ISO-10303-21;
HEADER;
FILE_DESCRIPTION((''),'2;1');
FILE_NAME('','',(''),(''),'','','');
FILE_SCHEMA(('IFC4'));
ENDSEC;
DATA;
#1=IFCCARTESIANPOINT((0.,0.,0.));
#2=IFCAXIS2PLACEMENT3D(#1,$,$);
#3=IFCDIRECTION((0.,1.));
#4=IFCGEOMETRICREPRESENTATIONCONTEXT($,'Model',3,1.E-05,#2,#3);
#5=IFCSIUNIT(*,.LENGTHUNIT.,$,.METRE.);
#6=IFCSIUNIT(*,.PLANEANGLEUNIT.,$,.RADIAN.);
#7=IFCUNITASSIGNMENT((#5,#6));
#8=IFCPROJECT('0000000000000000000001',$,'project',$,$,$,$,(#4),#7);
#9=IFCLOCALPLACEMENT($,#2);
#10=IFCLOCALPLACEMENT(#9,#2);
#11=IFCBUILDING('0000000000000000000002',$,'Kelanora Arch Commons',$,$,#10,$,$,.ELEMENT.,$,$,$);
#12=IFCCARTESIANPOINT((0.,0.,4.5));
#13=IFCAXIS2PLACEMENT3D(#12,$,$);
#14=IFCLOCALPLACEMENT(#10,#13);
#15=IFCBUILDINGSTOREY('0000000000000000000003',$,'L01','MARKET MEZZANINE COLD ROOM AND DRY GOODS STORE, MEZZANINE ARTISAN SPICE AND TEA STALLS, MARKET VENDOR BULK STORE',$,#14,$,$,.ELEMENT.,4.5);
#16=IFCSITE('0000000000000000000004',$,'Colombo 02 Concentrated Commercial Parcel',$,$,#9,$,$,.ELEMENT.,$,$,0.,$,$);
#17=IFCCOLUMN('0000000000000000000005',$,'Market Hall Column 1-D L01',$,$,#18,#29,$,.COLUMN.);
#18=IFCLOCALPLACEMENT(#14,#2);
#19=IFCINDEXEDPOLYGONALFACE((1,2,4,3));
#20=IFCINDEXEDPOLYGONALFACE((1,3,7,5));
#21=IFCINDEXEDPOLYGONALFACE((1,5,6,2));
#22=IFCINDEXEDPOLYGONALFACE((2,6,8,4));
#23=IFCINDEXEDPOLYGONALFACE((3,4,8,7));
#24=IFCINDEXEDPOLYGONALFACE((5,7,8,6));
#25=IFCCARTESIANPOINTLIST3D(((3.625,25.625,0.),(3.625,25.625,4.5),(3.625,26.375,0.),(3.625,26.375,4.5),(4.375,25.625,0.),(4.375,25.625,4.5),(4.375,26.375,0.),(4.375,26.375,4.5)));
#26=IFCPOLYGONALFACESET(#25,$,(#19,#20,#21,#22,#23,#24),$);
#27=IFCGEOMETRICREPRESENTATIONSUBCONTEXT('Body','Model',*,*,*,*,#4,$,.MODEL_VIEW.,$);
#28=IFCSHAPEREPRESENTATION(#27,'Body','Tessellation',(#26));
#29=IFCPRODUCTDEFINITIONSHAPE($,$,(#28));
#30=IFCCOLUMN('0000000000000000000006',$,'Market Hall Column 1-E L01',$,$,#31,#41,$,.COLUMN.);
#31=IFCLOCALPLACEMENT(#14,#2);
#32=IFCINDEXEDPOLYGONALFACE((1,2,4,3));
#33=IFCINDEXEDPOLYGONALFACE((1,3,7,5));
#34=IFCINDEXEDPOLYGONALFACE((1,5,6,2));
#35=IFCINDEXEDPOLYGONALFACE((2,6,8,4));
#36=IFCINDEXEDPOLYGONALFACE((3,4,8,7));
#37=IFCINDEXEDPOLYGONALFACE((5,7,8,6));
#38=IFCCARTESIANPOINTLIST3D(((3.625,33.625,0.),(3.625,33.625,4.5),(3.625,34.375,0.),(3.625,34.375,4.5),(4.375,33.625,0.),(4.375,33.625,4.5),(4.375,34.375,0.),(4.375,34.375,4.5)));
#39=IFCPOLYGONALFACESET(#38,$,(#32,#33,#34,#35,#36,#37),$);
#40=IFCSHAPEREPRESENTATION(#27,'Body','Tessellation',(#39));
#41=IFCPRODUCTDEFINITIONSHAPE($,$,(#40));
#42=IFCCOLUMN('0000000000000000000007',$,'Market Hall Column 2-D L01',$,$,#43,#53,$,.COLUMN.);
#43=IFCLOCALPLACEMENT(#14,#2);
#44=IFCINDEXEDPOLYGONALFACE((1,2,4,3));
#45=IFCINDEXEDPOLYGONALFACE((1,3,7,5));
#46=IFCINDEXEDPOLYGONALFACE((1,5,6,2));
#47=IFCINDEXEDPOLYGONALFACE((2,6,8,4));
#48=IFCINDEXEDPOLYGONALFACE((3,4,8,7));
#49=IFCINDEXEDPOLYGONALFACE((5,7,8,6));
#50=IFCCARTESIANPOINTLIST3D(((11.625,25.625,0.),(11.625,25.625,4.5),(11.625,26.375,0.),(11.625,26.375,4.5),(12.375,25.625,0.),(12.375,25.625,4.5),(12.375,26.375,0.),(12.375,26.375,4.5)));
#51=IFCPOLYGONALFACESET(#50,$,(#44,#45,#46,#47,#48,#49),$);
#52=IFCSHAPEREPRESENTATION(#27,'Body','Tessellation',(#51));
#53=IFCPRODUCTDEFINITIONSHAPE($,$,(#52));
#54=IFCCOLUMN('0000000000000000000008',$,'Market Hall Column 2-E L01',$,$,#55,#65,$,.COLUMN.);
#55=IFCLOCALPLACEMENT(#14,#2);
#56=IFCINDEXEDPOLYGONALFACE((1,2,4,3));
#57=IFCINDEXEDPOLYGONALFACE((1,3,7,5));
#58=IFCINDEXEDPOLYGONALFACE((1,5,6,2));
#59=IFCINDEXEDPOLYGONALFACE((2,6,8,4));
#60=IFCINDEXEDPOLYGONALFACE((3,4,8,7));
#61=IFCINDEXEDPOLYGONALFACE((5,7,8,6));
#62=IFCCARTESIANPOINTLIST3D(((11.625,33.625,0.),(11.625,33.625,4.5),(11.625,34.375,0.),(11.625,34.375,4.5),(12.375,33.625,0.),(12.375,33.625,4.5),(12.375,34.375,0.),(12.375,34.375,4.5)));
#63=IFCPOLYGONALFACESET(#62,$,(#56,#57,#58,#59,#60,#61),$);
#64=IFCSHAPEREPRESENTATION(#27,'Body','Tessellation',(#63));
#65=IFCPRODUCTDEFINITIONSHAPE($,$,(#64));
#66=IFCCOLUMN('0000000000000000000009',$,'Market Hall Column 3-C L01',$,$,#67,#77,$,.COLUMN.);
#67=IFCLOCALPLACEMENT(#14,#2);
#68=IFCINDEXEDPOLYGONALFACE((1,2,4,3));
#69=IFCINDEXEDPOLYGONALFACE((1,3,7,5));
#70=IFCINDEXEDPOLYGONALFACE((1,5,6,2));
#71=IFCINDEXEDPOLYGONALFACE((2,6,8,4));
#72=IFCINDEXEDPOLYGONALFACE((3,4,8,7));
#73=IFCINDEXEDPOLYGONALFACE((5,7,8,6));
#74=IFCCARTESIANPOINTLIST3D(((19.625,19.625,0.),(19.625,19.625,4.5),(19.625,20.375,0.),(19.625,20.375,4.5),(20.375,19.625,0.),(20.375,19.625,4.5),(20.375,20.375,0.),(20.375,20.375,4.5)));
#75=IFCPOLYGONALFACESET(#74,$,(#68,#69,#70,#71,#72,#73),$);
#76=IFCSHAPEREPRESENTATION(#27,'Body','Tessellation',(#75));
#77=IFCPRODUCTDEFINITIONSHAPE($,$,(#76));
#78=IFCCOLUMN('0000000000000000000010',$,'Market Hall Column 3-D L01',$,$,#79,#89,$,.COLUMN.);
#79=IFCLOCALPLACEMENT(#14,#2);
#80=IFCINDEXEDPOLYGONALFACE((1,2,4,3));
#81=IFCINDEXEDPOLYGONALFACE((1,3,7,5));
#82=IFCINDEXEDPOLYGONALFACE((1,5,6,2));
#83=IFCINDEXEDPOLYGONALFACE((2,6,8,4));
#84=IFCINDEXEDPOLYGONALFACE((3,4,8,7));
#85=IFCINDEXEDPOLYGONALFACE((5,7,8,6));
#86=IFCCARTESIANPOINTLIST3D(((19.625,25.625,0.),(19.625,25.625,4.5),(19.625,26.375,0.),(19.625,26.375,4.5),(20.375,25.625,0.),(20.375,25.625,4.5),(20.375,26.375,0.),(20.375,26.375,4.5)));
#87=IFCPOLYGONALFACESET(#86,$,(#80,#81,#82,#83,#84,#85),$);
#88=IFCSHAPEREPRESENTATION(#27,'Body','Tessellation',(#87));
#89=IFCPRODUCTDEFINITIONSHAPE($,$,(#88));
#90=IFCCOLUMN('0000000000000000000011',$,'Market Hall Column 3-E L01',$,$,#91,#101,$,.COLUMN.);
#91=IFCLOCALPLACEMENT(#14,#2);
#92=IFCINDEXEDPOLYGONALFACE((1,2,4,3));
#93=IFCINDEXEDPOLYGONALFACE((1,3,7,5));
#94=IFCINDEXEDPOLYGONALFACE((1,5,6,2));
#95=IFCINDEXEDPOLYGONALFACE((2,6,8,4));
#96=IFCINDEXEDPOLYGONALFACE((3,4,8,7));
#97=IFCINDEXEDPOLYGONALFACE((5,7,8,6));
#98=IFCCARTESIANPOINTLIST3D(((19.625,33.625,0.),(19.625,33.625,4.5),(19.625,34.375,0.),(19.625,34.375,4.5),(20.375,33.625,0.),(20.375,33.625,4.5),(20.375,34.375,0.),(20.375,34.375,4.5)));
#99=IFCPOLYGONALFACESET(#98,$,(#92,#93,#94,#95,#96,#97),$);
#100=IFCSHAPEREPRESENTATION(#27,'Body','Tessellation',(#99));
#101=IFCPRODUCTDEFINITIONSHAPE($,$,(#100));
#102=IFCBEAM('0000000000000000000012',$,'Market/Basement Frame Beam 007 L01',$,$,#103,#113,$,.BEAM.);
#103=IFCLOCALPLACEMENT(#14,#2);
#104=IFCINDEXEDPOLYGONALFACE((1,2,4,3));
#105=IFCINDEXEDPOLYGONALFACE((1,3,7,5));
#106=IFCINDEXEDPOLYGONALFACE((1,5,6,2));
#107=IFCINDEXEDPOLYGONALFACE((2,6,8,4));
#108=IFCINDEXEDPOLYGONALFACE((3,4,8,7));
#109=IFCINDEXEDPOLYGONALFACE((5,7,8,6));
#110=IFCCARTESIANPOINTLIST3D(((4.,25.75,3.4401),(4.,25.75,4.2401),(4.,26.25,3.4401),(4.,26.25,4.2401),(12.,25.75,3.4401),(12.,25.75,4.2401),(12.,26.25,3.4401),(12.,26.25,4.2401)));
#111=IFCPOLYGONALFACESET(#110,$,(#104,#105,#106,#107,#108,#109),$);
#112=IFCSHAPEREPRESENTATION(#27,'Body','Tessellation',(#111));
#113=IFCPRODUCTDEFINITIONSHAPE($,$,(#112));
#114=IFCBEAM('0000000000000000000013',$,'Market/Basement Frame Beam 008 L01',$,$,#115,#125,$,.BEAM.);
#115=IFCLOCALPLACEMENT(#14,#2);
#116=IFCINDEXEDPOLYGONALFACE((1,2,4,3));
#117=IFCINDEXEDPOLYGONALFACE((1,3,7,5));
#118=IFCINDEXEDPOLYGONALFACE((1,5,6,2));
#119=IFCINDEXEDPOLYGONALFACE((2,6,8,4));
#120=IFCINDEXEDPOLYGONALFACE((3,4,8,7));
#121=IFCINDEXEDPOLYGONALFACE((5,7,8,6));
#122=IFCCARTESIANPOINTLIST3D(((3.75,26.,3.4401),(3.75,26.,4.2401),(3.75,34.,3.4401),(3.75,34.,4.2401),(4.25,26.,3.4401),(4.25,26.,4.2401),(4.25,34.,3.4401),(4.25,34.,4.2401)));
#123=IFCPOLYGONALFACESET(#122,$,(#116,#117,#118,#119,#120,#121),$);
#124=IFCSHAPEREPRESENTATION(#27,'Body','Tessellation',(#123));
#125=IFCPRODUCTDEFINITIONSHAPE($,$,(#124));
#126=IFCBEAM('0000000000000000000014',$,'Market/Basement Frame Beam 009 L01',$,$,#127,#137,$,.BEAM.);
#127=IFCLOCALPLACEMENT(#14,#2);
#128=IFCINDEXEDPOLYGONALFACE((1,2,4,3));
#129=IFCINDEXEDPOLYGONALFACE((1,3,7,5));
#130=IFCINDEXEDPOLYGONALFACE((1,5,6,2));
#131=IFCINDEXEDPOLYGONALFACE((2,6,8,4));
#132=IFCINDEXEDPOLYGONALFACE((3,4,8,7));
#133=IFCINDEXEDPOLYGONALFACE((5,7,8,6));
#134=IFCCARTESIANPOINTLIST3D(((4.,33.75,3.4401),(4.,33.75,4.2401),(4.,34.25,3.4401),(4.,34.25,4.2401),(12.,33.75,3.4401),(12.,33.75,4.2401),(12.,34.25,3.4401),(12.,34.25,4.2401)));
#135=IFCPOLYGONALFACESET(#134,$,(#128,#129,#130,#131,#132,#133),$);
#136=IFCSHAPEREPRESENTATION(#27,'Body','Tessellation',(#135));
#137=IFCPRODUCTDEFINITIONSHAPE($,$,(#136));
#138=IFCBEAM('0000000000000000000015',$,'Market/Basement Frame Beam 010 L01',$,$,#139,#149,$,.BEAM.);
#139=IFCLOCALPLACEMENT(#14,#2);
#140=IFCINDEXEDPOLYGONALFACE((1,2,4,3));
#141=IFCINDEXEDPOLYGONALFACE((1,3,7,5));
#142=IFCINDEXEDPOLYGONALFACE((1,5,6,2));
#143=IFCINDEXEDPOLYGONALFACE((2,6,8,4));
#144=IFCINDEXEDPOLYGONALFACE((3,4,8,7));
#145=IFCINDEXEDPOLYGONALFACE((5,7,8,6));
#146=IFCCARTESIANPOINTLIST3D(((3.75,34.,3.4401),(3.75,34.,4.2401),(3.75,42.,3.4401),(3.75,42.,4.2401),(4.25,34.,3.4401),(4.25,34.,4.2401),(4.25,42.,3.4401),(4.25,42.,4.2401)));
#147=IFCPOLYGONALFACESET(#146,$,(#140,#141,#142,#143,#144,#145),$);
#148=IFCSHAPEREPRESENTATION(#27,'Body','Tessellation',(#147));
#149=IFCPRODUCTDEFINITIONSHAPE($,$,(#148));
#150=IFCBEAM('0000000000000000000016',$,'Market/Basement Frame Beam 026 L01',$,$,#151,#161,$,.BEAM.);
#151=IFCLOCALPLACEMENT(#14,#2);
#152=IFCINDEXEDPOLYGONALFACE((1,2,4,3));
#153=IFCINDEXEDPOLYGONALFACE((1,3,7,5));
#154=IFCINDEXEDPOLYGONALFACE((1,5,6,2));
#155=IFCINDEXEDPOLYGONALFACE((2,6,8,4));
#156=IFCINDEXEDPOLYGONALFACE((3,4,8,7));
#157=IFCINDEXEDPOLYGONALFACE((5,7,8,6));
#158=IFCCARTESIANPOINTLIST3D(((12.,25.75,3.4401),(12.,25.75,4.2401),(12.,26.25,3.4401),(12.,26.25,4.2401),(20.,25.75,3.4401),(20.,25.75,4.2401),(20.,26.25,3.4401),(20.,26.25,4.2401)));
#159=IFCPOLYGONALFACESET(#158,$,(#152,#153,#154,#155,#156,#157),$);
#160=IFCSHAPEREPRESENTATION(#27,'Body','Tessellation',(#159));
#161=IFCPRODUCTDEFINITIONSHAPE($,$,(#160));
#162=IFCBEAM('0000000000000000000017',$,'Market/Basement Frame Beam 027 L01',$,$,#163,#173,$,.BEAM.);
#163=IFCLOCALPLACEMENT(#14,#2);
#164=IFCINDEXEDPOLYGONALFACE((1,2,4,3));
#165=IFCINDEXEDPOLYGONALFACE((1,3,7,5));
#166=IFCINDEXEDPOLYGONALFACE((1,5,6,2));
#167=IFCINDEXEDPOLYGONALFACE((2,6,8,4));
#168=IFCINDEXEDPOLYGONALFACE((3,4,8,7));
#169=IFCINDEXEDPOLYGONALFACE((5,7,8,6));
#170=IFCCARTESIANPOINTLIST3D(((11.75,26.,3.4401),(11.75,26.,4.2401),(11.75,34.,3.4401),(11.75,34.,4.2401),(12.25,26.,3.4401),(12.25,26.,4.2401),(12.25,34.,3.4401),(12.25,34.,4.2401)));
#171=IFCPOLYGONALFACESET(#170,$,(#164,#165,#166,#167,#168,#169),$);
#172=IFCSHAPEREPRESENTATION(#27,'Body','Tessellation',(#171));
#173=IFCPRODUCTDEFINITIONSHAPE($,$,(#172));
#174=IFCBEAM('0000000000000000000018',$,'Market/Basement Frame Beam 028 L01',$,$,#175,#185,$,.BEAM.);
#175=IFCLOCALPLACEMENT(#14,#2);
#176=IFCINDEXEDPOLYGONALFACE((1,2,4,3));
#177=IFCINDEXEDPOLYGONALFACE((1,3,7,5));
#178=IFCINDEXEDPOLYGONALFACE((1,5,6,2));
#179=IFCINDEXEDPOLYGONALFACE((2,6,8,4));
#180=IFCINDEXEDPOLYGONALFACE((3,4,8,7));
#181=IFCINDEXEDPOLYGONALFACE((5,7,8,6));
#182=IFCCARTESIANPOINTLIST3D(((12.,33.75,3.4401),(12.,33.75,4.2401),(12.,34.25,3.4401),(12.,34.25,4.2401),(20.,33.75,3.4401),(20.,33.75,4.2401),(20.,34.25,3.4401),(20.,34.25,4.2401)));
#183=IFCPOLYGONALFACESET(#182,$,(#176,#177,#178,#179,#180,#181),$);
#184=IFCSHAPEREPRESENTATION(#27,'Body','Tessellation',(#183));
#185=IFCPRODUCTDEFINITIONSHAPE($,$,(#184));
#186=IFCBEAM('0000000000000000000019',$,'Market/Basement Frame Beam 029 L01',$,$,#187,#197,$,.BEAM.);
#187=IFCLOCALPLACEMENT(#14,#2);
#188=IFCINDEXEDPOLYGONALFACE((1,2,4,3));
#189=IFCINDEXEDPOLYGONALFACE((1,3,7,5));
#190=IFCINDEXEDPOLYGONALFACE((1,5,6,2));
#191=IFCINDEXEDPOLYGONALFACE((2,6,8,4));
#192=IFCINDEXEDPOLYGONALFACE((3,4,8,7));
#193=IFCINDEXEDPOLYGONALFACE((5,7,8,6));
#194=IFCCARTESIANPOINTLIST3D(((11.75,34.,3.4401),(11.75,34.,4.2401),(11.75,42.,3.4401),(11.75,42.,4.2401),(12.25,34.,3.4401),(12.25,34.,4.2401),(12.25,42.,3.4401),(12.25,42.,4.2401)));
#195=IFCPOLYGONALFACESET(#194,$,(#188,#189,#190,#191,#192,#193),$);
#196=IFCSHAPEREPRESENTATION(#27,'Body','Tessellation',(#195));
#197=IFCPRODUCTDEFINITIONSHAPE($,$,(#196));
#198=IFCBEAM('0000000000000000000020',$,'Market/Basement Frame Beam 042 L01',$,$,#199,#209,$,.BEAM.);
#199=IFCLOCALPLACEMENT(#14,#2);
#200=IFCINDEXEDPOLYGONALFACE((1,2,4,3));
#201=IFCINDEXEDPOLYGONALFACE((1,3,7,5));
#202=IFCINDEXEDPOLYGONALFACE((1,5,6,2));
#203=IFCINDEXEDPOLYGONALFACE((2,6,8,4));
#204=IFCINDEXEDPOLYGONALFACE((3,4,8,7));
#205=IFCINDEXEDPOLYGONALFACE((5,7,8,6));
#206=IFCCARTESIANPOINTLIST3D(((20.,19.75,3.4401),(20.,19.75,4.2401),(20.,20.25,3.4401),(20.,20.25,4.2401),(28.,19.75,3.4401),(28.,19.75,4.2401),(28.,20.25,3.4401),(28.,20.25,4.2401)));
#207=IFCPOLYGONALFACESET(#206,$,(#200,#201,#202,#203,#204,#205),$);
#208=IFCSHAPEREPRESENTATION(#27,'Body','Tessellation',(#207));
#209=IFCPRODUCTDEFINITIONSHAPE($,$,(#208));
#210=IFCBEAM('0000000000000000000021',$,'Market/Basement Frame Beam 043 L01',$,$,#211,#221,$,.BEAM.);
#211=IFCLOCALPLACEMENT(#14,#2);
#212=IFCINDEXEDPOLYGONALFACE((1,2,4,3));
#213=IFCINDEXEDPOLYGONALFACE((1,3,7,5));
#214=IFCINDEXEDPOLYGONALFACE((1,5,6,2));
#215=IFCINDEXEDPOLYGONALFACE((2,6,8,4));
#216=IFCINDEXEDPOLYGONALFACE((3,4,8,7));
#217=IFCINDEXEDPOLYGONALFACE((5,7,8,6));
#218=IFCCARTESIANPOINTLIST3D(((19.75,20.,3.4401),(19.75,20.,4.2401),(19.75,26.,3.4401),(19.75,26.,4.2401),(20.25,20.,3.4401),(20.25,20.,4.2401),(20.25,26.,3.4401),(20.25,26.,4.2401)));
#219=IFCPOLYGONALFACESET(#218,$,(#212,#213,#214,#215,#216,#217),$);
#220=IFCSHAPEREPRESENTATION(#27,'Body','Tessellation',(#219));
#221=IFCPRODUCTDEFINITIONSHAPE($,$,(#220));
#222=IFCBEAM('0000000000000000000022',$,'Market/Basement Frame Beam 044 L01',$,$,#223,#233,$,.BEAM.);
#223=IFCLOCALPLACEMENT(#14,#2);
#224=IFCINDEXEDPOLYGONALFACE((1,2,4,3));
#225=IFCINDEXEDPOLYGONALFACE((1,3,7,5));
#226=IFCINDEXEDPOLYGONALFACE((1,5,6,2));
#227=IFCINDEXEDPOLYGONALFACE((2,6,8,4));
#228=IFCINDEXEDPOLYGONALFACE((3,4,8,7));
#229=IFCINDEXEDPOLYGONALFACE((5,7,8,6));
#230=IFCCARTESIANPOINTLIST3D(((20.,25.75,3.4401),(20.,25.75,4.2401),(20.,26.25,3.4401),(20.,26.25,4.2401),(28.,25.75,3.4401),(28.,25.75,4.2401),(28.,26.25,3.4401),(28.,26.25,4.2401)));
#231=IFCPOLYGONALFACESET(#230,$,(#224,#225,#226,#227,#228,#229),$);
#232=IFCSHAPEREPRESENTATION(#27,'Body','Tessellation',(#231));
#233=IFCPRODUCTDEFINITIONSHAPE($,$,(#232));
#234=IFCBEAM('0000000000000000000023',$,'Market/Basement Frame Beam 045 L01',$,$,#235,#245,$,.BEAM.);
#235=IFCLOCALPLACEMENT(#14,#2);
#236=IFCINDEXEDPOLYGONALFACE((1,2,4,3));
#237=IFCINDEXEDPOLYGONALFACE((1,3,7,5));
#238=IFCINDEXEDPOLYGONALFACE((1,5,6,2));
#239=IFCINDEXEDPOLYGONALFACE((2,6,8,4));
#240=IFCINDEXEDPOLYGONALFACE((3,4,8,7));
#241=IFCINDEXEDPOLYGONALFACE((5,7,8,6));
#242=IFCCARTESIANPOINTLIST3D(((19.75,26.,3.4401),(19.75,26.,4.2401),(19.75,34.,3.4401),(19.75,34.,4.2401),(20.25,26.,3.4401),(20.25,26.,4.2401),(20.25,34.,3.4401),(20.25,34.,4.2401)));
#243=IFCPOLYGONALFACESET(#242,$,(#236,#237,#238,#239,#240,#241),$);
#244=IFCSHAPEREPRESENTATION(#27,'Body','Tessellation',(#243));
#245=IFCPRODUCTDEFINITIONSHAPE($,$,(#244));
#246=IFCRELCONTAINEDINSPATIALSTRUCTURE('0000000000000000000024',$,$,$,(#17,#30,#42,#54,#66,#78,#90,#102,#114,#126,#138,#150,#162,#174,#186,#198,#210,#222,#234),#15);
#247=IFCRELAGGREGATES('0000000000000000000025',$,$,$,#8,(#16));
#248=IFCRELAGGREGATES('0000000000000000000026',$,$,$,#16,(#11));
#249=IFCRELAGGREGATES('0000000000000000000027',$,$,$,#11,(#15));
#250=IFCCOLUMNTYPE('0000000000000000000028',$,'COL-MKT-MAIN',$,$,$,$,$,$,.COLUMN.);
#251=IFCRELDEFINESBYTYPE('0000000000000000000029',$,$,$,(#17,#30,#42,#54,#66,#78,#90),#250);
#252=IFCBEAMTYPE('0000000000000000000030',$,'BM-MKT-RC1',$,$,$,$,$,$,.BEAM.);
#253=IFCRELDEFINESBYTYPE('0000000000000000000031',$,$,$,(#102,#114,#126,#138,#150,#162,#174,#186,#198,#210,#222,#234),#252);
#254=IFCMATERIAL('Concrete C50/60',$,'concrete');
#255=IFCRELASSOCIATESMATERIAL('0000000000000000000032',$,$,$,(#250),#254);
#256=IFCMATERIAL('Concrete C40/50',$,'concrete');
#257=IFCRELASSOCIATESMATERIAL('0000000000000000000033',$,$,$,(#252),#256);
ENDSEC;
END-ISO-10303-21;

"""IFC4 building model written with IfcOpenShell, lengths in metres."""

from ifc_helpers import new_model, si_unit, direction, frame, origin, origin_2d, place, context, subcontext, project, spatial, rectangle, extrude, material, material_profile, profile_set, type_object, element, save


model = new_model("IFC4")

# Units and contexts
model_context = context("Model", 3, precision=1e-05, world=origin(), true_north=direction((0.0, 1.0)))
body_context = subcontext(model_context, "Body", "Model", "MODEL_VIEW")
ifc_project = project(units=[si_unit("LENGTHUNIT", "METRE"), si_unit("PLANEANGLEUNIT", "RADIAN")], contexts=[model_context])

# Site, building, storey
site_placement = place(None, origin())
site = spatial("IfcSite", under=ifc_project, at=site_placement, Name="Colombo 02 Concentrated Commercial Parcel", CompositionType="ELEMENT", RefElevation=0.0)
building_placement = place(site_placement, origin())
building = spatial("IfcBuilding", under=site, at=building_placement, Name="Kelanora Arch Commons", CompositionType="ELEMENT")
storey_placement = place(building_placement, frame((0.0, 0.0, 4.5)))
storey = spatial("IfcBuildingStorey", under=building, at=storey_placement, Name="L01", Description="MARKET MEZZANINE COLD ROOM AND DRY GOODS STORE, MEZZANINE ARTISAN SPICE AND TEA STALLS, MARKET VENDOR BULK STORE", CompositionType="ELEMENT", Elevation=4.5)

# Columns
ifc_material_1 = material(Name="Concrete C50/60", Category="concrete")
ifc_material_profile_1 = material_profile(ifc_material_1, rectangle(XDim=0.75, YDim=0.75, at=origin_2d()), Name="RC750x750")
ifc_profile_set_1 = profile_set([ifc_material_profile_1], Name="Concrete C50/60")
column_type = type_object("IfcColumnType", Name="COL-MKT-MAIN", PredefinedType="COLUMN", material=ifc_profile_set_1)
for number, where, z_axis, x_axis, name in (
    (1, (4.0, 26.0, 0.0), (0.0, 0.0, 1.0), (1.0, 0.0, 0.0), "Market Hall Column 1-D L01"),
    (2, (4.0, 34.0, 0.0), (0.0, 0.0, 1.0), (1.0, 0.0, 0.0), "Market Hall Column 1-E L01"),
    (3, (12.0, 26.0, 0.0), (0.0, 0.0, 1.0), (1.0, 0.0, 0.0), "Market Hall Column 2-D L01"),
    (4, (12.0, 34.0, 0.0), (0.0, 0.0, 1.0), (1.0, 0.0, 0.0), "Market Hall Column 2-E L01"),
    (5, (20.0, 20.0, 0.0), (0.0, 0.0, 1.0), (1.0, 0.0, 0.0), "Market Hall Column 3-C L01"),
    (6, (20.0, 26.0, 0.0), (0.0, 0.0, 1.0), (1.0, 0.0, 0.0), "Market Hall Column 3-D L01"),
    (7, (20.0, 34.0, 0.0), (0.0, 0.0, 1.0), (1.0, 0.0, 0.0), "Market Hall Column 3-E L01"),
):
    element("IfcColumn", number, at=place(storey_placement, frame(where, z_axis=z_axis, x_axis=x_axis)), inside=storey, type_object=column_type, Name=name, PredefinedType="COLUMN", context=body_context, shape_type="SweptSolid", body=[
        extrude(rectangle(XDim=0.75, YDim=0.75, at=origin_2d()), origin(), (0.0, 0.0, 1.0), 4.5),
    ])

# Beams
ifc_material_2 = material(Name="Concrete C40/50", Category="concrete")
ifc_material_profile_2 = material_profile(ifc_material_2, rectangle(XDim=0.5, YDim=0.8, at=origin_2d()), Name="RCB500x800")
ifc_profile_set_2 = profile_set([ifc_material_profile_2], Name="Concrete C40/50")
beam_type = type_object("IfcBeamType", Name="BM-MKT-RC1", PredefinedType="BEAM", material=ifc_profile_set_2)
for number, where, z_axis, x_axis, name in (
    (8, (4.0, 26.0, 3.8401), (1.0, 0.0, 0.0), (0.0, 1.0, 0.0), "Market/Basement Frame Beam 007 L01"),
    (9, (4.0, 26.0, 3.8401), (0.0, 1.0, 0.0), (-1.0, 0.0, 0.0), "Market/Basement Frame Beam 008 L01"),
    (10, (4.0, 34.0, 3.8401), (1.0, 0.0, 0.0), (0.0, 1.0, 0.0), "Market/Basement Frame Beam 009 L01"),
    (11, (4.0, 34.0, 3.8401), (0.0, 1.0, 0.0), (-1.0, 0.0, 0.0), "Market/Basement Frame Beam 010 L01"),
    (12, (12.0, 26.0, 3.8401), (1.0, 0.0, 0.0), (0.0, 1.0, 0.0), "Market/Basement Frame Beam 026 L01"),
    (13, (12.0, 26.0, 3.8401), (0.0, 1.0, 0.0), (-1.0, 0.0, 0.0), "Market/Basement Frame Beam 027 L01"),
    (14, (12.0, 34.0, 3.8401), (1.0, 0.0, 0.0), (0.0, 1.0, 0.0), "Market/Basement Frame Beam 028 L01"),
    (15, (12.0, 34.0, 3.8401), (0.0, 1.0, 0.0), (-1.0, 0.0, 0.0), "Market/Basement Frame Beam 029 L01"),
    (16, (20.0, 20.0, 3.8401), (1.0, 0.0, 0.0), (0.0, 1.0, 0.0), "Market/Basement Frame Beam 042 L01"),
):
    element("IfcBeam", number, at=place(storey_placement, frame(where, z_axis=z_axis, x_axis=x_axis)), inside=storey, type_object=beam_type, Name=name, PredefinedType="BEAM", context=body_context, shape_type="SweptSolid", body=[
        extrude(rectangle(XDim=0.5, YDim=0.8, at=origin_2d()), origin(), (0.0, 0.0, 1.0), 8.0),
    ])
beam_placement = place(storey_placement, frame((20.0, 20.0, 3.8401), z_axis=(0.0, 1.0, 0.0), x_axis=(-1.0, 0.0, 0.0)))
element("IfcBeam", 17, at=beam_placement, inside=storey, type_object=beam_type, Name="Market/Basement Frame Beam 043 L01", PredefinedType="BEAM", context=body_context, shape_type="SweptSolid", body=[
    extrude(rectangle(XDim=0.5, YDim=0.8, at=origin_2d()), origin(), (0.0, 0.0, 1.0), 6.0),
])
for number, where, z_axis, x_axis, name in (
    (18, (20.0, 26.0, 3.8401), (1.0, 0.0, 0.0), (0.0, 1.0, 0.0), "Market/Basement Frame Beam 044 L01"),
    (19, (20.0, 26.0, 3.8401), (0.0, 1.0, 0.0), (-1.0, 0.0, 0.0), "Market/Basement Frame Beam 045 L01"),
):
    element("IfcBeam", number, at=place(storey_placement, frame(where, z_axis=z_axis, x_axis=x_axis)), inside=storey, type_object=beam_type, Name=name, PredefinedType="BEAM", context=body_context, shape_type="SweptSolid", body=[
        extrude(rectangle(XDim=0.5, YDim=0.8, at=origin_2d()), origin(), (0.0, 0.0, 1.0), 8.0),
    ])

save(model, "model.ifc")
